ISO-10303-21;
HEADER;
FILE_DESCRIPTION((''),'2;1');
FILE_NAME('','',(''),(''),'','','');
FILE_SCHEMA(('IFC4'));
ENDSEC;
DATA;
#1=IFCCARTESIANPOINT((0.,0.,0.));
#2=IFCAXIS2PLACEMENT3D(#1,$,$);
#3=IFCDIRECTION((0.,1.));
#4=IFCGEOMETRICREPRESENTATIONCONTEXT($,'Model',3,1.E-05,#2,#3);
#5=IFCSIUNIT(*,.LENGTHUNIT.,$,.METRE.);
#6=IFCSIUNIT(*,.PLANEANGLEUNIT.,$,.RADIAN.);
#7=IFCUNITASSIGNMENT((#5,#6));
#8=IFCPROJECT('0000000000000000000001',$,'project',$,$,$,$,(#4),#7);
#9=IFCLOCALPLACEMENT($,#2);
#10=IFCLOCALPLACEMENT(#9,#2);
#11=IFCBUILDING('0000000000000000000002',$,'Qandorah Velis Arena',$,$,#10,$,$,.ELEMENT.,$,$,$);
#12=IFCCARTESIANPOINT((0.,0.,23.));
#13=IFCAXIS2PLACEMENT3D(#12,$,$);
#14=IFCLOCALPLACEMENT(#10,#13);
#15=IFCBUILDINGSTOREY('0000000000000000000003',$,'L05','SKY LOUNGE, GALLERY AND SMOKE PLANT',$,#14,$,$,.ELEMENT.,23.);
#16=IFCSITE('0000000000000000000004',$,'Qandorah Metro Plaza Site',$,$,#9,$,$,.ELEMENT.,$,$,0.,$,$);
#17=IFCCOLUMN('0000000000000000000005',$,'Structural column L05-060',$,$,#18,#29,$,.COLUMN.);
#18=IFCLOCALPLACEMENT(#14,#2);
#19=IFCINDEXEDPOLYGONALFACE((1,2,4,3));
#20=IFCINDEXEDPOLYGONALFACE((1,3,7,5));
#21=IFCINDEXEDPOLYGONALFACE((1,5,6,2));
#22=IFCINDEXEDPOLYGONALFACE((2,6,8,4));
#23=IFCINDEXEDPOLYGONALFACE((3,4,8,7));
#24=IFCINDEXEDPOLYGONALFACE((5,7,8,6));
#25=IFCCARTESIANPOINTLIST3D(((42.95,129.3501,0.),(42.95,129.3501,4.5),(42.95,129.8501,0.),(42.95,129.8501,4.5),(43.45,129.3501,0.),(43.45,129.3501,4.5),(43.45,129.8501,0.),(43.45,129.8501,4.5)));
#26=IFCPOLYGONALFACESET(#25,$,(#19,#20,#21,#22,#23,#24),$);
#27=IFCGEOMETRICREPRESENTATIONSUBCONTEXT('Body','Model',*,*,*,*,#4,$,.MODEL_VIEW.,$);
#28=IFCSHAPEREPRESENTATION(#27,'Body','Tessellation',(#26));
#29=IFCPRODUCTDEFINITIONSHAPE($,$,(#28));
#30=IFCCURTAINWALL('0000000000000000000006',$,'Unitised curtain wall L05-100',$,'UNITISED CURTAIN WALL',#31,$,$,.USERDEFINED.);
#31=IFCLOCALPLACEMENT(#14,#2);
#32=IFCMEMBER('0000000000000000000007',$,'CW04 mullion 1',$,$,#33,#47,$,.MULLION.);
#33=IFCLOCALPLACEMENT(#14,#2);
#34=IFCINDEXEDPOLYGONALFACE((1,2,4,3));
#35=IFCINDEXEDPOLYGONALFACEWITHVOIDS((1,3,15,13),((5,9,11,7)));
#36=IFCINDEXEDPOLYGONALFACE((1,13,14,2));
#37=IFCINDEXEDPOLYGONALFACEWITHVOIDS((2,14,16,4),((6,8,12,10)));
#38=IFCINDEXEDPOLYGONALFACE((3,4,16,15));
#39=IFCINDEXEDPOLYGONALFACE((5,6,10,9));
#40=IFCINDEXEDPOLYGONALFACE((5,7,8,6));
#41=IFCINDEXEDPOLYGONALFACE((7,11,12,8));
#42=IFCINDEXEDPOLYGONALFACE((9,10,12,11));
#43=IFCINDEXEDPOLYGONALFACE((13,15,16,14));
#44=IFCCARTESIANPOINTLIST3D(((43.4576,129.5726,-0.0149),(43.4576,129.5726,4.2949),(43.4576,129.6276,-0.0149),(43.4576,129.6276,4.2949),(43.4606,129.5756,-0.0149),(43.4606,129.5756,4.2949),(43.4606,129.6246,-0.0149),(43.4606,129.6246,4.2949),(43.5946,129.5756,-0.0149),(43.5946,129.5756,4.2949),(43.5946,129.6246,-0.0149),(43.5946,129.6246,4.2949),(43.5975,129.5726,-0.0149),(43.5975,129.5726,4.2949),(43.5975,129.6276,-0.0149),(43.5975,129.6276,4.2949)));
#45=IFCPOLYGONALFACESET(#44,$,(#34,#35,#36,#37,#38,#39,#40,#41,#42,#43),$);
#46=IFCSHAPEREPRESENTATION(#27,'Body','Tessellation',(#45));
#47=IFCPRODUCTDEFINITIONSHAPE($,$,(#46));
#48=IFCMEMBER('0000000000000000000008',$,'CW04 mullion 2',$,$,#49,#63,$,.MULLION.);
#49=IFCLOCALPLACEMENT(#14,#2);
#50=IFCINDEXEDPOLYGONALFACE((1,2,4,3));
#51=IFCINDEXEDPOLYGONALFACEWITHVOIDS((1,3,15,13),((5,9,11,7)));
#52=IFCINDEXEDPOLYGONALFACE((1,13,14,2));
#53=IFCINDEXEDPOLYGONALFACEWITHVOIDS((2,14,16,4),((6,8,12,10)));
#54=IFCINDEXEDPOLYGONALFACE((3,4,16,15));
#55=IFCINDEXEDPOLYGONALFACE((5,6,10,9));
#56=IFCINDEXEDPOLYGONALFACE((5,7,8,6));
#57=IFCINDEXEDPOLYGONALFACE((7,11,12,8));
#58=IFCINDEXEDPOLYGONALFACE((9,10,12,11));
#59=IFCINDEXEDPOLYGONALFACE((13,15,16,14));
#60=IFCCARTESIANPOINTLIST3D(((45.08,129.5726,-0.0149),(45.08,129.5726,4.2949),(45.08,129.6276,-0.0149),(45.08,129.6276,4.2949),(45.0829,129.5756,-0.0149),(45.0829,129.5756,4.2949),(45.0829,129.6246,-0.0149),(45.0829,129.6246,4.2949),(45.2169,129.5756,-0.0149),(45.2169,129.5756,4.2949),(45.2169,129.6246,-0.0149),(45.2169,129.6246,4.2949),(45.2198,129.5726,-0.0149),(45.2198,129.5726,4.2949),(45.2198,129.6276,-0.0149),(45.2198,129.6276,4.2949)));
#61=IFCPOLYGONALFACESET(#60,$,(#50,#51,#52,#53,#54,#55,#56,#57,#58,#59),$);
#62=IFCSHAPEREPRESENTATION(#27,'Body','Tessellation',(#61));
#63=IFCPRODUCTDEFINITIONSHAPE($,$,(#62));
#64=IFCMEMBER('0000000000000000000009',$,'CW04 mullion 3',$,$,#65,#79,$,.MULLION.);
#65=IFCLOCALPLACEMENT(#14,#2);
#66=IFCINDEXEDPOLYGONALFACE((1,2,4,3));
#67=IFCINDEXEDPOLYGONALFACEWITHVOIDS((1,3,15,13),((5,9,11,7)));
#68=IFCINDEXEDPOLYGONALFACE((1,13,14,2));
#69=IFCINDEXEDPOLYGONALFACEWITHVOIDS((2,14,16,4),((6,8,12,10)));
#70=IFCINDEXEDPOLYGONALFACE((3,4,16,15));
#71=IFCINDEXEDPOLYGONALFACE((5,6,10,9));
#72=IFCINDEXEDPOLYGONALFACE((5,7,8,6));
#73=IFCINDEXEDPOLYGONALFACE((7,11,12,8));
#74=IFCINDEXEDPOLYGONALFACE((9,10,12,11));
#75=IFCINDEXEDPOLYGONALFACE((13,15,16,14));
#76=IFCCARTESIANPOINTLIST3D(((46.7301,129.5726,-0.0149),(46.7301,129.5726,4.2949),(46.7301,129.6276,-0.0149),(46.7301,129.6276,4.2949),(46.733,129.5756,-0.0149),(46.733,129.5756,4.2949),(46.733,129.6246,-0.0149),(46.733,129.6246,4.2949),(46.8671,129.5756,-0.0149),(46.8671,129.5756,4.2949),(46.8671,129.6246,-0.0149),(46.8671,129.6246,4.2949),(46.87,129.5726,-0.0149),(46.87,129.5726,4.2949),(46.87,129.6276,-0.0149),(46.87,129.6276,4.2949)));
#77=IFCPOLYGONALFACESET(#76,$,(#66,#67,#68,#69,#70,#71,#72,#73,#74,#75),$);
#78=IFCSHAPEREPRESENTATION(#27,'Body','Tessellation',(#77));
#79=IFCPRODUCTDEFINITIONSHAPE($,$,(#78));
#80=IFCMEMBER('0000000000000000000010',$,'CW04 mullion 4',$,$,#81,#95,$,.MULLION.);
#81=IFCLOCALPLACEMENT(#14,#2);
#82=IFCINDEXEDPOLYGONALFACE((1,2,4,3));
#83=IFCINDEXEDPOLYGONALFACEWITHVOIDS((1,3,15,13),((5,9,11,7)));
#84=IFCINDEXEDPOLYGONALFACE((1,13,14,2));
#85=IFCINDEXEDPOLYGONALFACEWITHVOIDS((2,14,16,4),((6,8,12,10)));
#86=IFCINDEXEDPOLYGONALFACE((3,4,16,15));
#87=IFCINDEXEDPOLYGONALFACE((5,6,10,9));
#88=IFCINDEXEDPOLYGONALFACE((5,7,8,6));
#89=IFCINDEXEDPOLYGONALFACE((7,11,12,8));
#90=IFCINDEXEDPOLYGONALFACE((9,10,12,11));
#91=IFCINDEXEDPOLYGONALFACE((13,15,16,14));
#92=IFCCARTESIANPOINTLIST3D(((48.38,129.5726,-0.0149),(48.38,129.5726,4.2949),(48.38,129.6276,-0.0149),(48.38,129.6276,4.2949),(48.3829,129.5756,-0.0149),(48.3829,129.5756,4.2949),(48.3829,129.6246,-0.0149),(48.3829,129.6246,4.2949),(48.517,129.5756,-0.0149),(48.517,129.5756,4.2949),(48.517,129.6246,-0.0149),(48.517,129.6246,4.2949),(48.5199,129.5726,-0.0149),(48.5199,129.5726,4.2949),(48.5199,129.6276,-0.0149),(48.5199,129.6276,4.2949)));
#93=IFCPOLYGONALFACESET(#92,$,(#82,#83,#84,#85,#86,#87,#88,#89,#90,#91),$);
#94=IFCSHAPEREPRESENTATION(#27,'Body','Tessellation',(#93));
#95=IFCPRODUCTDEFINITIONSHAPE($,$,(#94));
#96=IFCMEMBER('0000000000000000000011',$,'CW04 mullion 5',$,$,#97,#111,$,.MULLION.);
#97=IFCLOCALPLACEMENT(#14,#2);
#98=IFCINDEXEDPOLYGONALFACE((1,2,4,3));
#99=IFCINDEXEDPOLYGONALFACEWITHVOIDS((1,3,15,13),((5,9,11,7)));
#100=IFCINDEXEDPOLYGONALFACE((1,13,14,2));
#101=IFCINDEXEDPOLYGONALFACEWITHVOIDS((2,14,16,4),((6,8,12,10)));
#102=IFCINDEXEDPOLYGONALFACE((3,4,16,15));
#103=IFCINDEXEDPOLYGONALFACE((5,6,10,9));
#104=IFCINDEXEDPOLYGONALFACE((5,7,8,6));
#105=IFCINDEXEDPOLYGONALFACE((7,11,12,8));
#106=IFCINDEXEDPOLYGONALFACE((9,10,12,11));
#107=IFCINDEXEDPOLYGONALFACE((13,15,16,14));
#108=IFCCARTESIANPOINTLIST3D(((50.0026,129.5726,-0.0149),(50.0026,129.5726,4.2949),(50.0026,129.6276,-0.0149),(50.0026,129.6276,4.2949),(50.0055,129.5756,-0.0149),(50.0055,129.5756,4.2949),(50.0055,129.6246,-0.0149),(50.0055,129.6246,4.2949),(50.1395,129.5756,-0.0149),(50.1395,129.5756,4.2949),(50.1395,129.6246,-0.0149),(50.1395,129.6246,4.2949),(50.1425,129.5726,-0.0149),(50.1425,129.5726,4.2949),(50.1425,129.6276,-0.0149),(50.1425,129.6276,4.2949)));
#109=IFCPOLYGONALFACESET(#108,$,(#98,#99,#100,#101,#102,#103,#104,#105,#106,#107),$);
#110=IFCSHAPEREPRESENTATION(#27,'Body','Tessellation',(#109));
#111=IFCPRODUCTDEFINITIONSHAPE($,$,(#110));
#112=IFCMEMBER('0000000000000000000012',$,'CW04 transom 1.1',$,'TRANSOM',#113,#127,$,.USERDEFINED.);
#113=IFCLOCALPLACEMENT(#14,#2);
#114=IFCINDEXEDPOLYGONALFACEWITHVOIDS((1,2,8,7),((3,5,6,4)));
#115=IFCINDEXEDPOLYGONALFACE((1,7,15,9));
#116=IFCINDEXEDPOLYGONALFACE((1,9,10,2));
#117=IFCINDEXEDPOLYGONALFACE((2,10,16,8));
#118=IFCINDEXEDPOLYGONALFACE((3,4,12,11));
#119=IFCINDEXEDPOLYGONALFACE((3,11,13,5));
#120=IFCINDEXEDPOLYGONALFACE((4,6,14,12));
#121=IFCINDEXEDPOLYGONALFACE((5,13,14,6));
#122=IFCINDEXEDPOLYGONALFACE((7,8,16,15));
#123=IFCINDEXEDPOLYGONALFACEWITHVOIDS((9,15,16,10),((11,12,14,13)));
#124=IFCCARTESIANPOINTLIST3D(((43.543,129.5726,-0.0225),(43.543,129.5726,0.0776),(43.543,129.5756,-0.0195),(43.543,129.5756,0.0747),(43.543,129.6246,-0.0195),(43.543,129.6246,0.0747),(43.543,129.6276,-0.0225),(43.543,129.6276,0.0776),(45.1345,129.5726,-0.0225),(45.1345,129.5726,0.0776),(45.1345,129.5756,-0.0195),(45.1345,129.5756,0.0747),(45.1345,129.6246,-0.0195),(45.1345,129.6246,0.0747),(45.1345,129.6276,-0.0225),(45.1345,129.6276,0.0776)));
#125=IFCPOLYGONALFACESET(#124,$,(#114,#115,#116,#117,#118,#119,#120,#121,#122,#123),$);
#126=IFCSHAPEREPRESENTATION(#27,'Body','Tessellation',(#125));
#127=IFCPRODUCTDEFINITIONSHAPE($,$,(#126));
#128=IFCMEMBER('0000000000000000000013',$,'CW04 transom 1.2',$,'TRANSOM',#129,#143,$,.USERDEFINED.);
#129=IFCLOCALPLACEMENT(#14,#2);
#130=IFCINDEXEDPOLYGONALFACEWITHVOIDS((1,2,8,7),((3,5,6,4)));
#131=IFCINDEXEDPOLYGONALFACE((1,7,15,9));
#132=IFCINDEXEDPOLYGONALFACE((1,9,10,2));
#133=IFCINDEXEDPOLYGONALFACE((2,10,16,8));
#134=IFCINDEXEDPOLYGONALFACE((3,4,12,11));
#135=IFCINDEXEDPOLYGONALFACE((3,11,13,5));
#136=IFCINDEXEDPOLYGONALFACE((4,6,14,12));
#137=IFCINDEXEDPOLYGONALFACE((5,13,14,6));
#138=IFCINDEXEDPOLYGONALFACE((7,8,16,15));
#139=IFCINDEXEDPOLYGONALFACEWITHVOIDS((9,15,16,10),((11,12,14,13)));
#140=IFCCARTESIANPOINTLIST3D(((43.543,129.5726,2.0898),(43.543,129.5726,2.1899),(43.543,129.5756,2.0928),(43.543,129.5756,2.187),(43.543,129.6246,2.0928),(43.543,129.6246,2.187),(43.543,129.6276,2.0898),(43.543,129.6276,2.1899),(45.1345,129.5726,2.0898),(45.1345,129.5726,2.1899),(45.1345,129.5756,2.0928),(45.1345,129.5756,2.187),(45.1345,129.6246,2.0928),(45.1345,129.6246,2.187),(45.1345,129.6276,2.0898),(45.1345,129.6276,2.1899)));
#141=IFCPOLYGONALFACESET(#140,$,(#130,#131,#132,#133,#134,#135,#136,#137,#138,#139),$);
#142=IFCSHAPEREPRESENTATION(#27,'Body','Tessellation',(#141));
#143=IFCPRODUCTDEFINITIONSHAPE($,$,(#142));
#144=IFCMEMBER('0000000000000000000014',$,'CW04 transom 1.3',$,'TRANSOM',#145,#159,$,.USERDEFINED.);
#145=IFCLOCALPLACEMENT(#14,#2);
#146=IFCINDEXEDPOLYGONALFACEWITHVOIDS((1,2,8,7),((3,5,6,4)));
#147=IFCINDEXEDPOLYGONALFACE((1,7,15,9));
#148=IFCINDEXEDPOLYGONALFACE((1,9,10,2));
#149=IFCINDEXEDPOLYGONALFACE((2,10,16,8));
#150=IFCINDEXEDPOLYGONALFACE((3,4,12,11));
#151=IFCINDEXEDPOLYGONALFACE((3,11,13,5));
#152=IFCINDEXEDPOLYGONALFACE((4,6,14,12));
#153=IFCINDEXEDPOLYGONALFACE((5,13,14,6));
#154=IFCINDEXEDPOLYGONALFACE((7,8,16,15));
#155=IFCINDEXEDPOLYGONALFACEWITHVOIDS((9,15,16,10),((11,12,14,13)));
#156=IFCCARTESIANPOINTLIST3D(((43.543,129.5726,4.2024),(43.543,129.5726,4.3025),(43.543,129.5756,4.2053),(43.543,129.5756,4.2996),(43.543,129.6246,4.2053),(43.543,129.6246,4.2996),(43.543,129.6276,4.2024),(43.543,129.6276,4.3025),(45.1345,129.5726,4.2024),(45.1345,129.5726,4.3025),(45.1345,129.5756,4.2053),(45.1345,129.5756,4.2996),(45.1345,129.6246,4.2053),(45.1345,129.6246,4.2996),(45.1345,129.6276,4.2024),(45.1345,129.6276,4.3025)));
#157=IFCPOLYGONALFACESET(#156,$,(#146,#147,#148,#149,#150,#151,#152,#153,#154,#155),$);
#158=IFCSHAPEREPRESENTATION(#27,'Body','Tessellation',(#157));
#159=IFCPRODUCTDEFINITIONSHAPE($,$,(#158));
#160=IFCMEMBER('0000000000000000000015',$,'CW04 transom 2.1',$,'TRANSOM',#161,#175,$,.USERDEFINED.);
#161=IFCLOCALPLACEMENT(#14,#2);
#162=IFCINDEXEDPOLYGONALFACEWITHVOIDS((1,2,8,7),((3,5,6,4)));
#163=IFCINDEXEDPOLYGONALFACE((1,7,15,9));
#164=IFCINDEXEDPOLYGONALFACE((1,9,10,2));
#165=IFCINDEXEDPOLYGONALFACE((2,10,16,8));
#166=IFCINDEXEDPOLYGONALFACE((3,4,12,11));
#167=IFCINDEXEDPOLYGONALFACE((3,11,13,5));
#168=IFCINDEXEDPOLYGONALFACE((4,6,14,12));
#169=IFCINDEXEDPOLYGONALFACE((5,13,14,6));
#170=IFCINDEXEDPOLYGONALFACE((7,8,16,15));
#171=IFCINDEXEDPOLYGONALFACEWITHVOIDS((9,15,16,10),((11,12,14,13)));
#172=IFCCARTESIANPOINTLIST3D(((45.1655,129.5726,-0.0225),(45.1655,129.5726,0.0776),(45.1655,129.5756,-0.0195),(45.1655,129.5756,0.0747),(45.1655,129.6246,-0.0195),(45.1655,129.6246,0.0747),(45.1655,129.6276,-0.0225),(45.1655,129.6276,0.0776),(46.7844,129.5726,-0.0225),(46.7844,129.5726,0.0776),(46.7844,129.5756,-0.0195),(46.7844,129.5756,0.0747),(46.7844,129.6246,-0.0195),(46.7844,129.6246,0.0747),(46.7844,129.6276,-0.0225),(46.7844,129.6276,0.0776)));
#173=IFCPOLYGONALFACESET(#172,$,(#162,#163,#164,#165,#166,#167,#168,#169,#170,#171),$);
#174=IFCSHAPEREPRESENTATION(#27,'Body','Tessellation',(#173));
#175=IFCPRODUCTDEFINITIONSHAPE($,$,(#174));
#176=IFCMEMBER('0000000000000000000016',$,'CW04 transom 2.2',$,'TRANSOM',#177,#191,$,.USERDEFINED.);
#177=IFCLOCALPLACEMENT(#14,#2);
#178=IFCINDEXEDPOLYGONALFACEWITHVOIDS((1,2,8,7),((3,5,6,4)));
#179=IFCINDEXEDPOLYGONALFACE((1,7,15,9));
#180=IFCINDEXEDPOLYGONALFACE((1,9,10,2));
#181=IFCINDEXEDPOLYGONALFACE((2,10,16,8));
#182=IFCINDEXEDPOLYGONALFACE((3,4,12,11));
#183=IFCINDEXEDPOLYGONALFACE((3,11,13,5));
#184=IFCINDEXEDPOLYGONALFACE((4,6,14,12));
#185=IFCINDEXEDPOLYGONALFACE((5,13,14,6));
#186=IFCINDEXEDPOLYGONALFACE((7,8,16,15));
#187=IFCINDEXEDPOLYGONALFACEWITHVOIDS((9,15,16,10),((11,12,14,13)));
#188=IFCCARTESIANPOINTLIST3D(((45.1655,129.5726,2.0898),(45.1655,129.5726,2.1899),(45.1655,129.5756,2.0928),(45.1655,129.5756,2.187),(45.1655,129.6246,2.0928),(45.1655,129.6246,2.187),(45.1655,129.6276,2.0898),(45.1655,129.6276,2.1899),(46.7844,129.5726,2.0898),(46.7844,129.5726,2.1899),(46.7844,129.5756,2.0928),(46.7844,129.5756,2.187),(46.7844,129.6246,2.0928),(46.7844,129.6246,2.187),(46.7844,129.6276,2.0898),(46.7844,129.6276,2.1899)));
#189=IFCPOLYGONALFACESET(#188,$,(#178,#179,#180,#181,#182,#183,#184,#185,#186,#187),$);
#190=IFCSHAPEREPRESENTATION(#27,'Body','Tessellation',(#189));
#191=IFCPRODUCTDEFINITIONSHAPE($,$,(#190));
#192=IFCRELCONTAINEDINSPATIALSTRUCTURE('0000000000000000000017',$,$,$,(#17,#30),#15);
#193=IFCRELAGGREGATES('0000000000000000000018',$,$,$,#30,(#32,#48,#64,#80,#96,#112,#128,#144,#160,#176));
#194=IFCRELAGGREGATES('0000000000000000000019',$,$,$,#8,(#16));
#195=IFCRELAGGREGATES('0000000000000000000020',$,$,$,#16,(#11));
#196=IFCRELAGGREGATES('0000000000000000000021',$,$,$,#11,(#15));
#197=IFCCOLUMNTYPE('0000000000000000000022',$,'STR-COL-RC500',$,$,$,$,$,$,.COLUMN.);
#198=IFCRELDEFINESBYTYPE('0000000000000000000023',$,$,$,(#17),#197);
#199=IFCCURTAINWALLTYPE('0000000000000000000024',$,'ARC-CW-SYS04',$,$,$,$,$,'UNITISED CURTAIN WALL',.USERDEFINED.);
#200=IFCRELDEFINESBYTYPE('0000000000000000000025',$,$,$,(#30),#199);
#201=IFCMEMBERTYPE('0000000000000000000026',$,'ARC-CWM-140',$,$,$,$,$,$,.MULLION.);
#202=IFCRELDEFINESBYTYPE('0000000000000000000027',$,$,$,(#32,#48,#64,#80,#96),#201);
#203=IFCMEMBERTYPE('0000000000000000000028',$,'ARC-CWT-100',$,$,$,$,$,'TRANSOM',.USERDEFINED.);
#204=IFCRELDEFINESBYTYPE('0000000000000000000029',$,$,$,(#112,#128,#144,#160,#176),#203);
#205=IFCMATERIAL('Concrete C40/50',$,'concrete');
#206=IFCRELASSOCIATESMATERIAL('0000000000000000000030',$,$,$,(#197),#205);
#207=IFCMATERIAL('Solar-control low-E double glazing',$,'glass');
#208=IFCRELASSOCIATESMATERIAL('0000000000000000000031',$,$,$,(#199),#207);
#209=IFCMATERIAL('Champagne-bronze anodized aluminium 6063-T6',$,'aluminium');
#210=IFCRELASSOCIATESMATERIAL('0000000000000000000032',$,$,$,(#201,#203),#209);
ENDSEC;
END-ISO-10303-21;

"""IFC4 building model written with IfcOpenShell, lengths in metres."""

from ifc_helpers import new_model, si_unit, direction, frame, origin, origin_2d, place, context, subcontext, project, spatial, rectangle, hollow_rectangle, extrude, material, material_profile, profile_set, type_object, element, aggregate, save


model = new_model("IFC4")

# Units and contexts
model_context = context("Model", 3, precision=1e-05, world=origin(), true_north=direction((0.0, 1.0)))
body_context = subcontext(model_context, "Body", "Model", "MODEL_VIEW")
ifc_project = project(units=[si_unit("LENGTHUNIT", "METRE"), si_unit("PLANEANGLEUNIT", "RADIAN")], contexts=[model_context])

# Site, building, storey
site_placement = place(None, origin())
site = spatial("IfcSite", under=ifc_project, at=site_placement, Name="Qandorah Metro Plaza Site", CompositionType="ELEMENT", RefElevation=0.0)
building_placement = place(site_placement, origin())
building = spatial("IfcBuilding", under=site, at=building_placement, Name="Qandorah Velis Arena", CompositionType="ELEMENT")
storey_placement = place(building_placement, frame((0.0, 0.0, 23.0)))
storey = spatial("IfcBuildingStorey", under=building, at=storey_placement, Name="L05", Description="SKY LOUNGE, GALLERY AND SMOKE PLANT", CompositionType="ELEMENT", Elevation=23.0)

# Column
ifc_material_1 = material(Name="Concrete C40/50", Category="concrete")
ifc_material_profile_1 = material_profile(ifc_material_1, rectangle(XDim=0.5, YDim=0.5, at=origin_2d()), Name="RC COL 500x500")
ifc_profile_set_1 = profile_set([ifc_material_profile_1], Name="Concrete C40/50")
column_type = type_object("IfcColumnType", Name="STR-COL-RC500", PredefinedType="COLUMN", material=ifc_profile_set_1)
column_placement = place(storey_placement, frame((43.2, 129.6001, 0.0), z_axis=(0.0, 0.0, 1.0), x_axis=(1.0, 0.0, 0.0)))
element("IfcColumn", 1, at=column_placement, inside=storey, type_object=column_type, Name="Structural column L05-060", PredefinedType="COLUMN", context=body_context, shape_type="SweptSolid", body=[
    extrude(rectangle(XDim=0.5, YDim=0.5, at=origin_2d()), origin(), (0.0, 0.0, 1.0), 4.5),
])

# Curtain wall, members
ifc_material_2 = material(Name="Solar-control low-E double glazing", Category="glass")
curtain_wall_type = type_object("IfcCurtainWallType", Name="ARC-CW-SYS04", ElementType="UNITISED CURTAIN WALL", PredefinedType="USERDEFINED", material=ifc_material_2)
curtain_wall_placement = place(storey_placement, origin())
curtain_wall = element("IfcCurtainWall", 2, at=curtain_wall_placement, inside=storey, type_object=curtain_wall_type, Name="Unitised curtain wall L05-100", ObjectType="UNITISED CURTAIN WALL", PredefinedType="USERDEFINED")
ifc_material_3 = material(Name="Champagne-bronze anodized aluminium 6063-T6", Category="aluminium")
ifc_material_profile_2 = material_profile(ifc_material_3, hollow_rectangle(XDim=0.0549, YDim=0.1399, WallThickness=0.0029, at=origin_2d()), Name="ALU MULLION 55x140")
ifc_profile_set_2 = profile_set([ifc_material_profile_2], Name="Champagne-bronze anodized aluminium 6063-T6")
member_type_1 = type_object("IfcMemberType", Name="ARC-CWM-140", PredefinedType="MULLION", material=ifc_profile_set_2)
member_1_placement = place(storey_placement, frame((43.5276, 129.6001, -0.0149), z_axis=(0.0, 0.0, 1.0), x_axis=(0.0, 1.0, 0.0)))
member_1 = element("IfcMember", 3, at=member_1_placement, type_object=member_type_1, Name="CW04 mullion 1", PredefinedType="MULLION", context=body_context, shape_type="SweptSolid", body=[
    extrude(hollow_rectangle(XDim=0.0549, YDim=0.1399, WallThickness=0.0029, at=origin_2d()), origin(), (0.0, 0.0, 1.0), 4.3098),
])
member_2_placement = place(storey_placement, frame((45.1499, 129.6001, -0.0149), z_axis=(0.0, 0.0, 1.0), x_axis=(0.0, 1.0, 0.0)))
member_2 = element("IfcMember", 4, at=member_2_placement, type_object=member_type_1, Name="CW04 mullion 2", PredefinedType="MULLION", context=body_context, shape_type="SweptSolid", body=[
    extrude(hollow_rectangle(XDim=0.0549, YDim=0.1399, WallThickness=0.0029, at=origin_2d()), origin(), (0.0, 0.0, 1.0), 4.3098),
])
member_3_placement = place(storey_placement, frame((46.8, 129.6001, -0.0149), z_axis=(0.0, 0.0, 1.0), x_axis=(0.0, 1.0, 0.0)))
member_3 = element("IfcMember", 5, at=member_3_placement, type_object=member_type_1, Name="CW04 mullion 3", PredefinedType="MULLION", context=body_context, shape_type="SweptSolid", body=[
    extrude(hollow_rectangle(XDim=0.0549, YDim=0.1399, WallThickness=0.0029, at=origin_2d()), origin(), (0.0, 0.0, 1.0), 4.3098),
])
member_4_placement = place(storey_placement, frame((48.45, 129.6001, -0.0149), z_axis=(0.0, 0.0, 1.0), x_axis=(0.0, 1.0, 0.0)))
member_4 = element("IfcMember", 6, at=member_4_placement, type_object=member_type_1, Name="CW04 mullion 4", PredefinedType="MULLION", context=body_context, shape_type="SweptSolid", body=[
    extrude(hollow_rectangle(XDim=0.0549, YDim=0.1399, WallThickness=0.0029, at=origin_2d()), origin(), (0.0, 0.0, 1.0), 4.3098),
])
member_5_placement = place(storey_placement, frame((50.0725, 129.6001, -0.0149), z_axis=(0.0, 0.0, 1.0), x_axis=(0.0, 1.0, 0.0)))
member_5 = element("IfcMember", 7, at=member_5_placement, type_object=member_type_1, Name="CW04 mullion 5", PredefinedType="MULLION", context=body_context, shape_type="SweptSolid", body=[
    extrude(hollow_rectangle(XDim=0.0549, YDim=0.1399, WallThickness=0.0029, at=origin_2d()), origin(), (0.0, 0.0, 1.0), 4.3098),
])
ifc_material_profile_3 = material_profile(ifc_material_3, hollow_rectangle(XDim=0.0549, YDim=0.1001, WallThickness=0.0029, at=origin_2d()), Name="ALU TRANSOM 55x100")
ifc_profile_set_3 = profile_set([ifc_material_profile_3], Name="Champagne-bronze anodized aluminium 6063-T6")
member_type_2 = type_object("IfcMemberType", Name="ARC-CWT-100", ElementType="TRANSOM", PredefinedType="USERDEFINED", material=ifc_profile_set_3)
member_6_placement = place(storey_placement, frame((43.543, 129.6001, 0.0276), z_axis=(1.0, 0.0, 0.0), x_axis=(0.0, 1.0, 0.0)))
member_6 = element("IfcMember", 8, at=member_6_placement, type_object=member_type_2, Name="CW04 transom 1.1", ObjectType="TRANSOM", PredefinedType="USERDEFINED", context=body_context, shape_type="SweptSolid", body=[
    extrude(hollow_rectangle(XDim=0.0549, YDim=0.1001, WallThickness=0.0029, at=origin_2d()), origin(), (0.0, 0.0, 1.0), 1.5916),
])
member_7_placement = place(storey_placement, frame((43.543, 129.6001, 2.1399), z_axis=(1.0, 0.0, 0.0), x_axis=(0.0, 1.0, 0.0)))
member_7 = element("IfcMember", 9, at=member_7_placement, type_object=member_type_2, Name="CW04 transom 1.2", ObjectType="TRANSOM", PredefinedType="USERDEFINED", context=body_context, shape_type="SweptSolid", body=[
    extrude(hollow_rectangle(XDim=0.0549, YDim=0.1001, WallThickness=0.0029, at=origin_2d()), origin(), (0.0, 0.0, 1.0), 1.5916),
])
member_8_placement = place(storey_placement, frame((43.543, 129.6001, 4.2524), z_axis=(1.0, 0.0, 0.0), x_axis=(0.0, 1.0, 0.0)))
member_8 = element("IfcMember", 10, at=member_8_placement, type_object=member_type_2, Name="CW04 transom 1.3", ObjectType="TRANSOM", PredefinedType="USERDEFINED", context=body_context, shape_type="SweptSolid", body=[
    extrude(hollow_rectangle(XDim=0.0549, YDim=0.1001, WallThickness=0.0029, at=origin_2d()), origin(), (0.0, 0.0, 1.0), 1.5916),
])
member_9_placement = place(storey_placement, frame((45.1655, 129.6001, 0.0276), z_axis=(1.0, 0.0, 0.0), x_axis=(0.0, 1.0, 0.0)))
member_9 = element("IfcMember", 11, at=member_9_placement, type_object=member_type_2, Name="CW04 transom 2.1", ObjectType="TRANSOM", PredefinedType="USERDEFINED", context=body_context, shape_type="SweptSolid", body=[
    extrude(hollow_rectangle(XDim=0.0549, YDim=0.1001, WallThickness=0.0029, at=origin_2d()), origin(), (0.0, 0.0, 1.0), 1.6189),
])
member_10_placement = place(storey_placement, frame((45.1655, 129.6001, 2.1399), z_axis=(1.0, 0.0, 0.0), x_axis=(0.0, 1.0, 0.0)))
member_10 = element("IfcMember", 12, at=member_10_placement, type_object=member_type_2, Name="CW04 transom 2.2", ObjectType="TRANSOM", PredefinedType="USERDEFINED", context=body_context, shape_type="SweptSolid", body=[
    extrude(hollow_rectangle(XDim=0.0549, YDim=0.1001, WallThickness=0.0029, at=origin_2d()), origin(), (0.0, 0.0, 1.0), 1.6189),
])

aggregate(curtain_wall, [member_1, member_2, member_3, member_4, member_5, member_6, member_7, member_8, member_9, member_10])

save(model, "model.ifc")
